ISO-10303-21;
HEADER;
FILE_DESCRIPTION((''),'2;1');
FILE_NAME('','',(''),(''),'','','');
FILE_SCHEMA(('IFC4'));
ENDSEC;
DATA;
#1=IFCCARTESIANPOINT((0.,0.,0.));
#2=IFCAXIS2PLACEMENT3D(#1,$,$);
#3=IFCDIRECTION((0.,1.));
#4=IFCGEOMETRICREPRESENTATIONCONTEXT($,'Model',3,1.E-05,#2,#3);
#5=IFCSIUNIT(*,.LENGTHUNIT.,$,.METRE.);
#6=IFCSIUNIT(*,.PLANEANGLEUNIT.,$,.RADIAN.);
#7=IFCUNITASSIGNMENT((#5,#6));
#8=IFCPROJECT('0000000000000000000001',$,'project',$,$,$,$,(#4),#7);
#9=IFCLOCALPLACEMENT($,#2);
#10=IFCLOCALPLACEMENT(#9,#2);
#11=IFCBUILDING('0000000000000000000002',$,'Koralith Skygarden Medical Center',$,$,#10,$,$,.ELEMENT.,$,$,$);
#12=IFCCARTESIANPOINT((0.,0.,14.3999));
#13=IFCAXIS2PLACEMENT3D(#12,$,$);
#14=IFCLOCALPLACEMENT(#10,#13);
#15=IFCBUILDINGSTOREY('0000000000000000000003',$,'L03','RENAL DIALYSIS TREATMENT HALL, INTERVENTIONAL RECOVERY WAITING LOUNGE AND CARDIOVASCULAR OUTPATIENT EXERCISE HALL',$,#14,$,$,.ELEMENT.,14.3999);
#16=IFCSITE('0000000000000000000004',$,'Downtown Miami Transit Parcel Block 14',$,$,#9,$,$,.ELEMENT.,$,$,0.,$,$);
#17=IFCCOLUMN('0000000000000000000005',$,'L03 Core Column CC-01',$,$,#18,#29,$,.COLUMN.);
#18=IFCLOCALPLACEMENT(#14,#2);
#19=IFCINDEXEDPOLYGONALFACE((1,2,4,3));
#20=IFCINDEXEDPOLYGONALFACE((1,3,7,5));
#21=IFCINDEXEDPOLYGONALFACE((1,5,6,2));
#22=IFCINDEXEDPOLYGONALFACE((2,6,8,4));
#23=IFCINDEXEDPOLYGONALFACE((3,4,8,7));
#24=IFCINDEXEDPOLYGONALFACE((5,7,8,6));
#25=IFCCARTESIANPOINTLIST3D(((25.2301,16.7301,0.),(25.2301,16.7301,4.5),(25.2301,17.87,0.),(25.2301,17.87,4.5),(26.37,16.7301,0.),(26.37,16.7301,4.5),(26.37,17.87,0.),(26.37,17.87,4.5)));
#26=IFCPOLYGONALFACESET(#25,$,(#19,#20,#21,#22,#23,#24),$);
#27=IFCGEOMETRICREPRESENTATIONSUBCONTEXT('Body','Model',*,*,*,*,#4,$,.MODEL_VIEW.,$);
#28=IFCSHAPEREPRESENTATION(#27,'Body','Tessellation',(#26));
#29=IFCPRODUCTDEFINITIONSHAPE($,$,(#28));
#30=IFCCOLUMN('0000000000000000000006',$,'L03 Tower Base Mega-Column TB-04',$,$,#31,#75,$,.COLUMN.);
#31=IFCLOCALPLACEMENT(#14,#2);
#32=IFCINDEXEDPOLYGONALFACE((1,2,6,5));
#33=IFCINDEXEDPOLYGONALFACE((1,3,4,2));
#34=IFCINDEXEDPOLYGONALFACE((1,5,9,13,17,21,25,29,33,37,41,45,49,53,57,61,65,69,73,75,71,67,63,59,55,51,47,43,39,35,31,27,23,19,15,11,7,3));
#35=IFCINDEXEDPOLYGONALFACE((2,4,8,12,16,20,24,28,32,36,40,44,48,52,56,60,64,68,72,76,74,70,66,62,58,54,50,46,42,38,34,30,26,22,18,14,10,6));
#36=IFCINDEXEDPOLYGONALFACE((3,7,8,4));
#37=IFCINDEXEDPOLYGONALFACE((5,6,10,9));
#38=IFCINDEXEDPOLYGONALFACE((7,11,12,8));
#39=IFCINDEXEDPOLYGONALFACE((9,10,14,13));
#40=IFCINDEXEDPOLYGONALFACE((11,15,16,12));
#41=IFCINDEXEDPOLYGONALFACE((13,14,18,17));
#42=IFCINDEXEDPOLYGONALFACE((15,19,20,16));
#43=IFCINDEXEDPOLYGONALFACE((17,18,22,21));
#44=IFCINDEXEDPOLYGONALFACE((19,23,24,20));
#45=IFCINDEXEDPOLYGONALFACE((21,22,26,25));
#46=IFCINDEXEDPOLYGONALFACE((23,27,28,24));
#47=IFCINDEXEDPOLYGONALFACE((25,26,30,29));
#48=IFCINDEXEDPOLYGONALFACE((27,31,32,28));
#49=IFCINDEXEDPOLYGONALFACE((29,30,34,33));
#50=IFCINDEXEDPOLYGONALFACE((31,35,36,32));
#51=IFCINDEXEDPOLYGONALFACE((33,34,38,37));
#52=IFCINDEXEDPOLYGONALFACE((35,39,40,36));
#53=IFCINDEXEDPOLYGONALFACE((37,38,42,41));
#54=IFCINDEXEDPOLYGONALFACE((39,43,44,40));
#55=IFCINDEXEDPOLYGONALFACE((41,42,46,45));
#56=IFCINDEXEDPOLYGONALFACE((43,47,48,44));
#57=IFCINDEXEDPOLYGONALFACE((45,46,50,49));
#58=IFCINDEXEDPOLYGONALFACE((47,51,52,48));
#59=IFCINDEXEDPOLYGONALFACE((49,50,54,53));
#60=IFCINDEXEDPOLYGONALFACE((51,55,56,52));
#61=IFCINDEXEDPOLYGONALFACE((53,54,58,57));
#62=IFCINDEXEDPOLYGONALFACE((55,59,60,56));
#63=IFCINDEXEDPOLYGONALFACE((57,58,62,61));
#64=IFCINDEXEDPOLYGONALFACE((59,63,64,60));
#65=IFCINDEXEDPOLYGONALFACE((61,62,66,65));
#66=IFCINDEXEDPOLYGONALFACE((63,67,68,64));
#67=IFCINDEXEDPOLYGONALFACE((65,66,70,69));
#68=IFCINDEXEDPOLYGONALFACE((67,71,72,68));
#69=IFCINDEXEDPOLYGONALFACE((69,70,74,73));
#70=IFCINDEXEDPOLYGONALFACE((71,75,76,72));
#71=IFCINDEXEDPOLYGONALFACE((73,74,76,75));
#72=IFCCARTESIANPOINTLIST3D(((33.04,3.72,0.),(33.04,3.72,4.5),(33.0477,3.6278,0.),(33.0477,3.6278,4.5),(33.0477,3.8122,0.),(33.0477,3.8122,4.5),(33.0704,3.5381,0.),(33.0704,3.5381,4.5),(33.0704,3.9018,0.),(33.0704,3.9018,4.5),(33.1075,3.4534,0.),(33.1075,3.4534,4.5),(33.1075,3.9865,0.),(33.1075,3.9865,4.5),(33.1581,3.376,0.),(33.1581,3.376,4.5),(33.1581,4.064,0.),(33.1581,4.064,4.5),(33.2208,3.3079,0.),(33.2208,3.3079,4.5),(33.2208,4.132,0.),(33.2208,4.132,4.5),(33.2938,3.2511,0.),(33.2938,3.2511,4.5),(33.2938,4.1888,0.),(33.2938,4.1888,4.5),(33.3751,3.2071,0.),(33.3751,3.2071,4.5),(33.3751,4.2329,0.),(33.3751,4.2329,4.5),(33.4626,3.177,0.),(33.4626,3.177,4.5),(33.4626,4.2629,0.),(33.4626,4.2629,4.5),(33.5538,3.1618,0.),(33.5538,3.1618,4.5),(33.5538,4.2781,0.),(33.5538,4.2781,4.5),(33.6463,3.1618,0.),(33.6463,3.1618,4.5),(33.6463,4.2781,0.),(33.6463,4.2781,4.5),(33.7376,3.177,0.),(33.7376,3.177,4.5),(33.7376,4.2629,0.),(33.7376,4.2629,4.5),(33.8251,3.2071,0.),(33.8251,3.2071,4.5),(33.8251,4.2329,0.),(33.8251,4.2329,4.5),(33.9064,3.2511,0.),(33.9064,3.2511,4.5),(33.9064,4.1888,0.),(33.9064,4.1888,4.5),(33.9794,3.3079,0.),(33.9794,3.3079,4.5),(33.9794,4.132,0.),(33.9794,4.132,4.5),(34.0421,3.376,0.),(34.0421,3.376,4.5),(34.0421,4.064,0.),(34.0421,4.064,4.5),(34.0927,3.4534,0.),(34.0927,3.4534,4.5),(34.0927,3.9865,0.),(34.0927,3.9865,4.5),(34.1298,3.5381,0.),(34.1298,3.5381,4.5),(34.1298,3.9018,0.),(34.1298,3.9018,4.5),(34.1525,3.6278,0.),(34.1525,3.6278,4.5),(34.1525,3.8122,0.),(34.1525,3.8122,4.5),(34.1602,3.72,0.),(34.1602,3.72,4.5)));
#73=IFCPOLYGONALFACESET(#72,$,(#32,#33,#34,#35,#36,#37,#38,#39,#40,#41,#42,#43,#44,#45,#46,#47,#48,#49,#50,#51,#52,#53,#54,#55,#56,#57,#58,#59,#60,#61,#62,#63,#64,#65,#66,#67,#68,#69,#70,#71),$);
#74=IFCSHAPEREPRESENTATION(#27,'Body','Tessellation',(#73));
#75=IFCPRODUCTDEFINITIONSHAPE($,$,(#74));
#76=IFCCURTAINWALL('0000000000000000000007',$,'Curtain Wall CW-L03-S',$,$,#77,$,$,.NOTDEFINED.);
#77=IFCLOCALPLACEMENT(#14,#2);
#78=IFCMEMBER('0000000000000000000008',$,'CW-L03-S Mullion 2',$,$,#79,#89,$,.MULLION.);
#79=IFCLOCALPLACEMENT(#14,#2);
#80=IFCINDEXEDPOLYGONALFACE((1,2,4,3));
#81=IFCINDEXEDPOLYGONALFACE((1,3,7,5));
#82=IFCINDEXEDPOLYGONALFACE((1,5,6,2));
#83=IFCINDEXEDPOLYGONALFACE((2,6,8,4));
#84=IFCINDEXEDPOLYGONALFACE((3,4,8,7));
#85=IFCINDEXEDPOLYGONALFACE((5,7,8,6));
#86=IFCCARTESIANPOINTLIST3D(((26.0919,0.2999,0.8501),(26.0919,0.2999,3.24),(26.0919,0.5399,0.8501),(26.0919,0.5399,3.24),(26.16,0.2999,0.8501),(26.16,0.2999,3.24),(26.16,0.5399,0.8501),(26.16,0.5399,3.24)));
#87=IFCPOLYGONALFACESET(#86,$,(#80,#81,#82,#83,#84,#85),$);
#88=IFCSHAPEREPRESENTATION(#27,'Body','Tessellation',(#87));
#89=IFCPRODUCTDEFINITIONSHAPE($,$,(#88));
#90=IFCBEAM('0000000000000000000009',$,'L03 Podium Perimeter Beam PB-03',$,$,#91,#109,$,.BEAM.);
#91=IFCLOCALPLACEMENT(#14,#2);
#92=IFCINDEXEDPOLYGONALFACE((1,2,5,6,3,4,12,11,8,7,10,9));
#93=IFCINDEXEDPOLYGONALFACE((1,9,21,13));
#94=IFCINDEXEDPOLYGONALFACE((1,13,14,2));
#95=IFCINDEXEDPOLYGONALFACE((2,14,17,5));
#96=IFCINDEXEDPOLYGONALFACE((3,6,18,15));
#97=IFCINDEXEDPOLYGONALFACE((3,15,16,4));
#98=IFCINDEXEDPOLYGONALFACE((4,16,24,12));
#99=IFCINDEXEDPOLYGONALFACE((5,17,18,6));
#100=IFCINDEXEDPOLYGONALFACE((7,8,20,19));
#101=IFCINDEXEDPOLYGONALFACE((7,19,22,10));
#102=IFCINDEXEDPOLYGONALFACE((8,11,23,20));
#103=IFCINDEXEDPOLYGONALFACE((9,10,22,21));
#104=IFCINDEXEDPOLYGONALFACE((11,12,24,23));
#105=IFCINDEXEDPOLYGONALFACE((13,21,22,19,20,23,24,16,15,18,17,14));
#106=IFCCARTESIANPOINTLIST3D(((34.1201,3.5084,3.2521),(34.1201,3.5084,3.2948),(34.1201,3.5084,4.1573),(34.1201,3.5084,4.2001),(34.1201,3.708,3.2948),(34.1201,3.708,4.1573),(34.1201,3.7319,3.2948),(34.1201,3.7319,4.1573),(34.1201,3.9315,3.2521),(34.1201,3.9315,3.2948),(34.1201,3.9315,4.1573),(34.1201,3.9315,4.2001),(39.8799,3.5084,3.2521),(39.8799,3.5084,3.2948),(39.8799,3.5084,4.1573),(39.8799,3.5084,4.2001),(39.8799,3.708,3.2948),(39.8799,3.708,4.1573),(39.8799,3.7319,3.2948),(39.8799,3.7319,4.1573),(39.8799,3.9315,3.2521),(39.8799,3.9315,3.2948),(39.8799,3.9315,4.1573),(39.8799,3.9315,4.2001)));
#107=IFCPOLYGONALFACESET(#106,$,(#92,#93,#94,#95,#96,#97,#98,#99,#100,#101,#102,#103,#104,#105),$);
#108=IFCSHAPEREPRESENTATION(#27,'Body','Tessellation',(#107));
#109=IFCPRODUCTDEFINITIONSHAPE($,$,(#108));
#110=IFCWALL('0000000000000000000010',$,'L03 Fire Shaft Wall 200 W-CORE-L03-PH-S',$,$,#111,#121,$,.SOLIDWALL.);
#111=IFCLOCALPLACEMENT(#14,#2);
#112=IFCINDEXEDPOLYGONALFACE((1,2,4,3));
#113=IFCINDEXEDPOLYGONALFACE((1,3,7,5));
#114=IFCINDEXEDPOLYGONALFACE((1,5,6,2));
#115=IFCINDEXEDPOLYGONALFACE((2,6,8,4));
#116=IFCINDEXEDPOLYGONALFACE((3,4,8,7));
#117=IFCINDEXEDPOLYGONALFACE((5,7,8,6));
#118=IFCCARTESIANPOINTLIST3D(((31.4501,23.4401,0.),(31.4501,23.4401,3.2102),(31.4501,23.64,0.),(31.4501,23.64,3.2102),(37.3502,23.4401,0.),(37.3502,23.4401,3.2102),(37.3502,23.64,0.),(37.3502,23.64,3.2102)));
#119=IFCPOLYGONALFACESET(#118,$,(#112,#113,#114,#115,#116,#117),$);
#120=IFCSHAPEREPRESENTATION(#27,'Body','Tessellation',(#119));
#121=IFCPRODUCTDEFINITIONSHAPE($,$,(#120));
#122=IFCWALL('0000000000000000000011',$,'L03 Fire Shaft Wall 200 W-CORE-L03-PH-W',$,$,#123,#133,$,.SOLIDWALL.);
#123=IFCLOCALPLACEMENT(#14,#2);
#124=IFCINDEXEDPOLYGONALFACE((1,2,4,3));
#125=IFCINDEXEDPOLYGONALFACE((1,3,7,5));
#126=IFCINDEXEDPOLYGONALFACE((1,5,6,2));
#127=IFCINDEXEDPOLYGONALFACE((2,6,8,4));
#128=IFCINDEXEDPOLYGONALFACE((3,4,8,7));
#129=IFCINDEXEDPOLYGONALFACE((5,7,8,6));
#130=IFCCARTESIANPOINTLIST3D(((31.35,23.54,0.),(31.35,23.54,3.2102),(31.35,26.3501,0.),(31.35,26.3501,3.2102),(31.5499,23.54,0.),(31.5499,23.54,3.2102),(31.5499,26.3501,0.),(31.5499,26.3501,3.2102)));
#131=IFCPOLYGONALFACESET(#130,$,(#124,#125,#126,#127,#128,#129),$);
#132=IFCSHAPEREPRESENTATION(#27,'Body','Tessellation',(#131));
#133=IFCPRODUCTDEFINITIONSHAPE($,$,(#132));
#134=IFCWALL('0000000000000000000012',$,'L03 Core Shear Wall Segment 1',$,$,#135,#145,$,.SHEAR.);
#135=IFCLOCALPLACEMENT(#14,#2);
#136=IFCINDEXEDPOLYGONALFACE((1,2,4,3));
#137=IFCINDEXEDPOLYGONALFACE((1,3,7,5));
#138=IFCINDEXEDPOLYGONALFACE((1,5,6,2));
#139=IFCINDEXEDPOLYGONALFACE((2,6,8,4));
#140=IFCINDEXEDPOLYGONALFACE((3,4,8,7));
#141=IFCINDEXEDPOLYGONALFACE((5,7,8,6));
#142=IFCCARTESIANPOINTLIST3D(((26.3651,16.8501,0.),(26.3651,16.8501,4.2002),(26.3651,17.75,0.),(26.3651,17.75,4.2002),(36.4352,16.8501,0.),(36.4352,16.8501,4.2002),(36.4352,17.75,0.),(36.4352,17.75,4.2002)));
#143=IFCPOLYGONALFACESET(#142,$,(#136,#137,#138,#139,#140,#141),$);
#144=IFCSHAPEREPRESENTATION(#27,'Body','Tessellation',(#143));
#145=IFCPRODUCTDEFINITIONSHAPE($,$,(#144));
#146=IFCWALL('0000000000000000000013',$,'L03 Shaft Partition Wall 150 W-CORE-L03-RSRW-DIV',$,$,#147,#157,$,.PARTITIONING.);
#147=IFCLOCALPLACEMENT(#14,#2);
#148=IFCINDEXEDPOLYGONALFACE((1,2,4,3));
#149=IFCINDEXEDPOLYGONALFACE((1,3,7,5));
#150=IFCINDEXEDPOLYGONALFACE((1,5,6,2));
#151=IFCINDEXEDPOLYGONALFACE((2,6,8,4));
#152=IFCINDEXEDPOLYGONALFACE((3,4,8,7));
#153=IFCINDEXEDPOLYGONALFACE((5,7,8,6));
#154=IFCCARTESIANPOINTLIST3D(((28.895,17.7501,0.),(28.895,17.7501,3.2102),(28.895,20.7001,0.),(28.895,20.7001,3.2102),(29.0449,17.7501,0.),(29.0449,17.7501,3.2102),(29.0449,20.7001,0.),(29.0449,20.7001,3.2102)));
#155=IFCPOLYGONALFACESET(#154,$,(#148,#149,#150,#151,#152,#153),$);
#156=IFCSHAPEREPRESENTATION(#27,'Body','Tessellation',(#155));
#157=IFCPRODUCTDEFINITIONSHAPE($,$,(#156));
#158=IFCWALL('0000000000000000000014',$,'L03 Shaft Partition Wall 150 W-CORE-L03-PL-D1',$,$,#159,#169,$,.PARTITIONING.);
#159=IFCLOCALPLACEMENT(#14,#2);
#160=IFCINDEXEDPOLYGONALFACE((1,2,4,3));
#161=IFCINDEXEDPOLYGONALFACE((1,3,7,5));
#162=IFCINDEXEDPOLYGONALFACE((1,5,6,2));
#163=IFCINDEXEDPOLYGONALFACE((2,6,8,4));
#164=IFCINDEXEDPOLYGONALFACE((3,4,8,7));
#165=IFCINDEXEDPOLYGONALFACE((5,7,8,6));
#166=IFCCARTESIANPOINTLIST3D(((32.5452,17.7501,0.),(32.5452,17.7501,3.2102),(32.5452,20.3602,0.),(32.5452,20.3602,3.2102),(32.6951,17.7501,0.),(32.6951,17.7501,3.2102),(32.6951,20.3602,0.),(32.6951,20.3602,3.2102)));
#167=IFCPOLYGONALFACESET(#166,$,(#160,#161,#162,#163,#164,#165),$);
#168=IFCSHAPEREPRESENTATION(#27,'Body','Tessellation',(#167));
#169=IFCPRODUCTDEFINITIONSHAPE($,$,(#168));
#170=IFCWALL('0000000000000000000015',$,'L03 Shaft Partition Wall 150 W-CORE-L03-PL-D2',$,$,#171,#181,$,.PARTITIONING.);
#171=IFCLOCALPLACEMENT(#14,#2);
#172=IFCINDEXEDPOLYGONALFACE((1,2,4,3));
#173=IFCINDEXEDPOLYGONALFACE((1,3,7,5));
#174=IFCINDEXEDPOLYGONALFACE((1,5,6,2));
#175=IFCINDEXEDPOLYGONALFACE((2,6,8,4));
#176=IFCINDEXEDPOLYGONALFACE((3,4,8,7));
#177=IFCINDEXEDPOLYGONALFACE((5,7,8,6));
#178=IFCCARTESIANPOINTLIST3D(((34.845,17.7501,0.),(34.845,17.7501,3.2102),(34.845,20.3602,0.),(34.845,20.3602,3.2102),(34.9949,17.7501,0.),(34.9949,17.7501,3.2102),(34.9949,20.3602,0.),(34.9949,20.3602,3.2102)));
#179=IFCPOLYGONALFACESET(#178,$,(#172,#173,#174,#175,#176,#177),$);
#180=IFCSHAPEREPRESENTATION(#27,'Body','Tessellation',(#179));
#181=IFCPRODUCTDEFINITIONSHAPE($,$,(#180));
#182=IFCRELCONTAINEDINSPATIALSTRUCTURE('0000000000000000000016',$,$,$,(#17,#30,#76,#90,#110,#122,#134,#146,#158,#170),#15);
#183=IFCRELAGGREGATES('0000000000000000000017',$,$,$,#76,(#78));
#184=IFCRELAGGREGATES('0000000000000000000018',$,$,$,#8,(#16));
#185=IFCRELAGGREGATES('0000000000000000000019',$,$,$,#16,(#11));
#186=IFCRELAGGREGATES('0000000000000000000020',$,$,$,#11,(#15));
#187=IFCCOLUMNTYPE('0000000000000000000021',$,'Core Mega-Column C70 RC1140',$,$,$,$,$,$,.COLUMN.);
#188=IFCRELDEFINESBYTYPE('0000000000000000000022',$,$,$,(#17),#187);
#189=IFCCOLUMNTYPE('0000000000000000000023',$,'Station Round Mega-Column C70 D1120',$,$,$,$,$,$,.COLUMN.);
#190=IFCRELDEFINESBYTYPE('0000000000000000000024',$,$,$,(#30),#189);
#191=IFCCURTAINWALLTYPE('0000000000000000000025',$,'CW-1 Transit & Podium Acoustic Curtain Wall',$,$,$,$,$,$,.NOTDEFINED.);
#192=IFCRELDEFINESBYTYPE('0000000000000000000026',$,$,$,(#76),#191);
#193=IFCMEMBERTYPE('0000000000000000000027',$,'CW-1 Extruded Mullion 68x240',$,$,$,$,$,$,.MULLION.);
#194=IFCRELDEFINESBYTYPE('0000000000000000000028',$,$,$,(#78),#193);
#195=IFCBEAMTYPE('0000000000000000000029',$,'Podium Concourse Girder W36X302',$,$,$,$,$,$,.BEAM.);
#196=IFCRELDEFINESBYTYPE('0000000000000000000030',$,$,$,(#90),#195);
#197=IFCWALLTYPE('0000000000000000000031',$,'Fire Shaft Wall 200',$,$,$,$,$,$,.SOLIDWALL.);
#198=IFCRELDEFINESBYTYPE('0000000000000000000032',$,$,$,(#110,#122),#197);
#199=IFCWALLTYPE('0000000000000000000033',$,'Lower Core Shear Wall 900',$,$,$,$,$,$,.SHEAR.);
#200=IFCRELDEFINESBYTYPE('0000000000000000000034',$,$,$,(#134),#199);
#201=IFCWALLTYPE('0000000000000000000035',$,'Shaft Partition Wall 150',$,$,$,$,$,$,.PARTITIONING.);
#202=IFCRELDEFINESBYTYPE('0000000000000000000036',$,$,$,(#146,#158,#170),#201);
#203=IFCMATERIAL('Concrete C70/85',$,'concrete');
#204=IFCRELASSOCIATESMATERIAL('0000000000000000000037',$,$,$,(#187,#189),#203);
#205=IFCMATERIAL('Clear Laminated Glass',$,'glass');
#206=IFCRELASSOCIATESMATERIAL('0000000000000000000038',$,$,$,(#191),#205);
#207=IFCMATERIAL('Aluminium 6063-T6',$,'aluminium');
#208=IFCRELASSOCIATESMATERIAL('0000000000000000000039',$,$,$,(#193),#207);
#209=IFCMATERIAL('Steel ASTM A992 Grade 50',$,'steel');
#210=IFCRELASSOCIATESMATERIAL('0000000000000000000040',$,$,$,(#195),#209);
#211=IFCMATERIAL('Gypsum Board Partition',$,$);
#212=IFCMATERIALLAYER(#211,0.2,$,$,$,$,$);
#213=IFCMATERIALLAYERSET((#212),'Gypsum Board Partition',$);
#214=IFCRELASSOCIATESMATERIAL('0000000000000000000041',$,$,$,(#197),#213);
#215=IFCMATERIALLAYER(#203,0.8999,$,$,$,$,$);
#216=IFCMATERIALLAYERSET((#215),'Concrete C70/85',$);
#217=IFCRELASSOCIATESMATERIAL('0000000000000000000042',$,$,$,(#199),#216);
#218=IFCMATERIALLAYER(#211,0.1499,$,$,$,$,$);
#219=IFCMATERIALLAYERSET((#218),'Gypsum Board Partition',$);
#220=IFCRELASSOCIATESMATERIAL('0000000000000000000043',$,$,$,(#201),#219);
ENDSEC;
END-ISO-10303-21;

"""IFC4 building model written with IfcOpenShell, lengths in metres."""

from ifc_helpers import new_model, si_unit, direction, frame, frame_2d, origin, origin_2d, place, context, subcontext, project, spatial, rectangle, circle, i_section, extrude, material, layer, layer_set, material_profile, profile_set, type_object, element, aggregate, save


model = new_model("IFC4")

# Units and contexts
model_context = context("Model", 3, precision=1e-05, world=origin(), true_north=direction((0.0, 1.0)))
body_context = subcontext(model_context, "Body", "Model", "MODEL_VIEW")
ifc_project = project(units=[si_unit("LENGTHUNIT", "METRE"), si_unit("PLANEANGLEUNIT", "RADIAN")], contexts=[model_context])

# Site, building, storey
site_placement = place(None, origin())
site = spatial("IfcSite", under=ifc_project, at=site_placement, Name="Downtown Miami Transit Parcel Block 14", CompositionType="ELEMENT", RefElevation=0.0)
building_placement = place(site_placement, origin())
building = spatial("IfcBuilding", under=site, at=building_placement, Name="Koralith Skygarden Medical Center", CompositionType="ELEMENT")
storey_placement = place(building_placement, frame((0.0, 0.0, 14.3999)))
storey = spatial("IfcBuildingStorey", under=building, at=storey_placement, Name="L03", Description="RENAL DIALYSIS TREATMENT HALL, INTERVENTIONAL RECOVERY WAITING LOUNGE AND CARDIOVASCULAR OUTPATIENT EXERCISE HALL", CompositionType="ELEMENT", Elevation=14.3999)

# Columns
ifc_material_1 = material(Name="Concrete C70/85", Category="concrete")
ifc_material_profile_1 = material_profile(ifc_material_1, rectangle(XDim=1.1399, YDim=1.1399, at=origin_2d()), Name="RC1140X1140")
ifc_profile_set_1 = profile_set([ifc_material_profile_1], Name="Concrete C70/85")
column_type_1 = type_object("IfcColumnType", Name="Core Mega-Column C70 RC1140", PredefinedType="COLUMN", material=ifc_profile_set_1)
column_1_placement = place(storey_placement, frame((25.8, 17.3, 0.0), z_axis=(0.0, 0.0, 1.0), x_axis=(1.0, 0.0, 0.0)))
element("IfcColumn", 1, at=column_1_placement, inside=storey, type_object=column_type_1, Name="L03 Core Column CC-01", PredefinedType="COLUMN", context=body_context, shape_type="SweptSolid", body=[
    extrude(rectangle(XDim=1.1399, YDim=1.1399, at=origin_2d()), origin(), (0.0, 0.0, 1.0), 4.5),
])
ifc_material_profile_2 = material_profile(ifc_material_1, circle(Radius=0.5601, at=origin_2d()), Name="RCCOL1120")
ifc_profile_set_2 = profile_set([ifc_material_profile_2], Name="Concrete C70/85")
column_type_2 = type_object("IfcColumnType", Name="Station Round Mega-Column C70 D1120", PredefinedType="COLUMN", material=ifc_profile_set_2)
column_2_placement = place(storey_placement, frame((33.6001, 3.72, 0.0), z_axis=(0.0, 0.0, 1.0), x_axis=(1.0, 0.0, 0.0)))
element("IfcColumn", 2, at=column_2_placement, inside=storey, type_object=column_type_2, Name="L03 Tower Base Mega-Column TB-04", PredefinedType="COLUMN", context=body_context, shape_type="SweptSolid", body=[
    extrude(circle(Radius=0.5601, at=origin_2d()), origin(), (0.0, 0.0, 1.0), 4.5),
])

# Curtain wall, member
ifc_material_2 = material(Name="Clear Laminated Glass", Category="glass")
curtain_wall_type = type_object("IfcCurtainWallType", Name="CW-1 Transit & Podium Acoustic Curtain Wall", PredefinedType="NOTDEFINED", material=ifc_material_2)
curtain_wall_placement = place(storey_placement, origin())
curtain_wall = element("IfcCurtainWall", 3, at=curtain_wall_placement, inside=storey, type_object=curtain_wall_type, Name="Curtain Wall CW-L03-S", PredefinedType="NOTDEFINED")
ifc_material_3 = material(Name="Aluminium 6063-T6", Category="aluminium")
ifc_material_profile_3 = material_profile(ifc_material_3, rectangle(XDim=0.0681, YDim=0.24, at=origin_2d()), Name="MUL68X240")
ifc_profile_set_3 = profile_set([ifc_material_profile_3], Name="Aluminium 6063-T6")
member_type = type_object("IfcMemberType", Name="CW-1 Extruded Mullion 68x240", PredefinedType="MULLION", material=ifc_profile_set_3)
member_placement = place(storey_placement, frame((26.126, 0.4199, 0.8501), z_axis=(0.0, 0.0, 1.0), x_axis=(1.0, 0.0, 0.0)))
member = element("IfcMember", 4, at=member_placement, type_object=member_type, Name="CW-L03-S Mullion 2", PredefinedType="MULLION", context=body_context, shape_type="SweptSolid", body=[
    extrude(rectangle(XDim=0.0681, YDim=0.24, at=origin_2d()), origin(), (0.0, 0.0, 1.0), 2.3899),
])
aggregate(curtain_wall, [member])

# Beam
ifc_material_4 = material(Name="Steel ASTM A992 Grade 50", Category="steel")
ifc_material_profile_4 = material_profile(ifc_material_4, i_section(OverallWidth=0.4231, OverallDepth=0.948, WebThickness=0.0239, FlangeThickness=0.0427, at=origin_2d()), Name="W36X302")
ifc_profile_set_4 = profile_set([ifc_material_profile_4], Name="Steel ASTM A992 Grade 50")
beam_type = type_object("IfcBeamType", Name="Podium Concourse Girder W36X302", PredefinedType="BEAM", material=ifc_profile_set_4)
beam_placement = place(storey_placement, frame((34.1201, 3.72, 3.7261), z_axis=(1.0, 0.0, 0.0), x_axis=(0.0, 1.0, 0.0)))
element("IfcBeam", 5, at=beam_placement, inside=storey, type_object=beam_type, Name="L03 Podium Perimeter Beam PB-03", PredefinedType="BEAM", context=body_context, shape_type="SweptSolid", body=[
    extrude(i_section(OverallWidth=0.4231, OverallDepth=0.948, WebThickness=0.0239, FlangeThickness=0.0427, at=origin_2d()), origin(), (0.0, 0.0, 1.0), 5.7598),
])

# Shared definitions
ifc_material_5 = material(Name="Gypsum Board Partition")
ifc_layer_1 = layer(ifc_material_5, 0.2)
ifc_layer_set_1 = layer_set([ifc_layer_1], Name="Gypsum Board Partition")
wall_type_1 = type_object("IfcWallType", Name="Fire Shaft Wall 200", PredefinedType="SOLIDWALL", material=ifc_layer_set_1)

# Walls
wall_1_placement = place(storey_placement, frame((31.45, 23.54, 0.0), z_axis=(0.0, 0.0, 1.0), x_axis=(1.0, 0.0, 0.0)))
element("IfcWall", 6, at=wall_1_placement, inside=storey, type_object=wall_type_1, Name="L03 Fire Shaft Wall 200 W-CORE-L03-PH-S", PredefinedType="SOLIDWALL", context=body_context, shape_type="SweptSolid", body=[
    extrude(rectangle(XDim=5.9001, YDim=0.2, at=frame_2d((2.9502, 0.0))), origin(), (0.0, 0.0, 1.0), 3.2102),
])
wall_2_placement = place(storey_placement, frame((31.45, 23.54, 0.0), z_axis=(0.0, 0.0, 1.0), x_axis=(0.0, 1.0, 0.0)))
element("IfcWall", 7, at=wall_2_placement, inside=storey, type_object=wall_type_1, Name="L03 Fire Shaft Wall 200 W-CORE-L03-PH-W", PredefinedType="SOLIDWALL", context=body_context, shape_type="SweptSolid", body=[
    extrude(rectangle(XDim=2.8101, YDim=0.2, at=frame_2d((1.405, 0.0))), origin(), (0.0, 0.0, 1.0), 3.2102),
])
ifc_layer_2 = layer(ifc_material_1, 0.8999)
ifc_layer_set_2 = layer_set([ifc_layer_2], Name="Concrete C70/85")
wall_type_2 = type_object("IfcWallType", Name="Lower Core Shear Wall 900", PredefinedType="SHEAR", material=ifc_layer_set_2)
wall_3_placement = place(storey_placement, frame((26.365, 17.3, 0.0), z_axis=(0.0, 0.0, 1.0), x_axis=(1.0, 0.0, 0.0)))
element("IfcWall", 8, at=wall_3_placement, inside=storey, type_object=wall_type_2, Name="L03 Core Shear Wall Segment 1", PredefinedType="SHEAR", context=body_context, shape_type="SweptSolid", body=[
    extrude(rectangle(XDim=10.0701, YDim=0.8999, at=frame_2d((5.0352, 0.0))), origin(), (0.0, 0.0, 1.0), 4.2002),
])

# Walls
ifc_layer_3 = layer(ifc_material_5, 0.1499)
ifc_layer_set_3 = layer_set([ifc_layer_3], Name="Gypsum Board Partition")
wall_type_3 = type_object("IfcWallType", Name="Shaft Partition Wall 150", PredefinedType="PARTITIONING", material=ifc_layer_set_3)
wall_4_placement = place(storey_placement, frame((28.97, 17.75, 0.0), z_axis=(0.0, 0.0, 1.0), x_axis=(0.0, 1.0, 0.0)))
element("IfcWall", 9, at=wall_4_placement, inside=storey, type_object=wall_type_3, Name="L03 Shaft Partition Wall 150 W-CORE-L03-RSRW-DIV", PredefinedType="PARTITIONING", context=body_context, shape_type="SweptSolid", body=[
    extrude(rectangle(XDim=2.95, YDim=0.1499, at=frame_2d((1.4751, 0.0))), origin(), (0.0, 0.0, 1.0), 3.2102),
])
for number, where, z_axis, x_axis, name in (
    (10, (32.6201, 17.75, 0.0), (0.0, 0.0, 1.0), (0.0, 1.0, 0.0), "L03 Shaft Partition Wall 150 W-CORE-L03-PL-D1"),
    (11, (34.9199, 17.75, 0.0), (0.0, 0.0, 1.0), (0.0, 1.0, 0.0), "L03 Shaft Partition Wall 150 W-CORE-L03-PL-D2"),
):
    element("IfcWall", number, at=place(storey_placement, frame(where, z_axis=z_axis, x_axis=x_axis)), inside=storey, type_object=wall_type_3, Name=name, PredefinedType="PARTITIONING", context=body_context, shape_type="SweptSolid", body=[
        extrude(rectangle(XDim=2.6101, YDim=0.1499, at=frame_2d((1.3052, 0.0))), origin(), (0.0, 0.0, 1.0), 3.2102),
    ])

save(model, "model.ifc")
